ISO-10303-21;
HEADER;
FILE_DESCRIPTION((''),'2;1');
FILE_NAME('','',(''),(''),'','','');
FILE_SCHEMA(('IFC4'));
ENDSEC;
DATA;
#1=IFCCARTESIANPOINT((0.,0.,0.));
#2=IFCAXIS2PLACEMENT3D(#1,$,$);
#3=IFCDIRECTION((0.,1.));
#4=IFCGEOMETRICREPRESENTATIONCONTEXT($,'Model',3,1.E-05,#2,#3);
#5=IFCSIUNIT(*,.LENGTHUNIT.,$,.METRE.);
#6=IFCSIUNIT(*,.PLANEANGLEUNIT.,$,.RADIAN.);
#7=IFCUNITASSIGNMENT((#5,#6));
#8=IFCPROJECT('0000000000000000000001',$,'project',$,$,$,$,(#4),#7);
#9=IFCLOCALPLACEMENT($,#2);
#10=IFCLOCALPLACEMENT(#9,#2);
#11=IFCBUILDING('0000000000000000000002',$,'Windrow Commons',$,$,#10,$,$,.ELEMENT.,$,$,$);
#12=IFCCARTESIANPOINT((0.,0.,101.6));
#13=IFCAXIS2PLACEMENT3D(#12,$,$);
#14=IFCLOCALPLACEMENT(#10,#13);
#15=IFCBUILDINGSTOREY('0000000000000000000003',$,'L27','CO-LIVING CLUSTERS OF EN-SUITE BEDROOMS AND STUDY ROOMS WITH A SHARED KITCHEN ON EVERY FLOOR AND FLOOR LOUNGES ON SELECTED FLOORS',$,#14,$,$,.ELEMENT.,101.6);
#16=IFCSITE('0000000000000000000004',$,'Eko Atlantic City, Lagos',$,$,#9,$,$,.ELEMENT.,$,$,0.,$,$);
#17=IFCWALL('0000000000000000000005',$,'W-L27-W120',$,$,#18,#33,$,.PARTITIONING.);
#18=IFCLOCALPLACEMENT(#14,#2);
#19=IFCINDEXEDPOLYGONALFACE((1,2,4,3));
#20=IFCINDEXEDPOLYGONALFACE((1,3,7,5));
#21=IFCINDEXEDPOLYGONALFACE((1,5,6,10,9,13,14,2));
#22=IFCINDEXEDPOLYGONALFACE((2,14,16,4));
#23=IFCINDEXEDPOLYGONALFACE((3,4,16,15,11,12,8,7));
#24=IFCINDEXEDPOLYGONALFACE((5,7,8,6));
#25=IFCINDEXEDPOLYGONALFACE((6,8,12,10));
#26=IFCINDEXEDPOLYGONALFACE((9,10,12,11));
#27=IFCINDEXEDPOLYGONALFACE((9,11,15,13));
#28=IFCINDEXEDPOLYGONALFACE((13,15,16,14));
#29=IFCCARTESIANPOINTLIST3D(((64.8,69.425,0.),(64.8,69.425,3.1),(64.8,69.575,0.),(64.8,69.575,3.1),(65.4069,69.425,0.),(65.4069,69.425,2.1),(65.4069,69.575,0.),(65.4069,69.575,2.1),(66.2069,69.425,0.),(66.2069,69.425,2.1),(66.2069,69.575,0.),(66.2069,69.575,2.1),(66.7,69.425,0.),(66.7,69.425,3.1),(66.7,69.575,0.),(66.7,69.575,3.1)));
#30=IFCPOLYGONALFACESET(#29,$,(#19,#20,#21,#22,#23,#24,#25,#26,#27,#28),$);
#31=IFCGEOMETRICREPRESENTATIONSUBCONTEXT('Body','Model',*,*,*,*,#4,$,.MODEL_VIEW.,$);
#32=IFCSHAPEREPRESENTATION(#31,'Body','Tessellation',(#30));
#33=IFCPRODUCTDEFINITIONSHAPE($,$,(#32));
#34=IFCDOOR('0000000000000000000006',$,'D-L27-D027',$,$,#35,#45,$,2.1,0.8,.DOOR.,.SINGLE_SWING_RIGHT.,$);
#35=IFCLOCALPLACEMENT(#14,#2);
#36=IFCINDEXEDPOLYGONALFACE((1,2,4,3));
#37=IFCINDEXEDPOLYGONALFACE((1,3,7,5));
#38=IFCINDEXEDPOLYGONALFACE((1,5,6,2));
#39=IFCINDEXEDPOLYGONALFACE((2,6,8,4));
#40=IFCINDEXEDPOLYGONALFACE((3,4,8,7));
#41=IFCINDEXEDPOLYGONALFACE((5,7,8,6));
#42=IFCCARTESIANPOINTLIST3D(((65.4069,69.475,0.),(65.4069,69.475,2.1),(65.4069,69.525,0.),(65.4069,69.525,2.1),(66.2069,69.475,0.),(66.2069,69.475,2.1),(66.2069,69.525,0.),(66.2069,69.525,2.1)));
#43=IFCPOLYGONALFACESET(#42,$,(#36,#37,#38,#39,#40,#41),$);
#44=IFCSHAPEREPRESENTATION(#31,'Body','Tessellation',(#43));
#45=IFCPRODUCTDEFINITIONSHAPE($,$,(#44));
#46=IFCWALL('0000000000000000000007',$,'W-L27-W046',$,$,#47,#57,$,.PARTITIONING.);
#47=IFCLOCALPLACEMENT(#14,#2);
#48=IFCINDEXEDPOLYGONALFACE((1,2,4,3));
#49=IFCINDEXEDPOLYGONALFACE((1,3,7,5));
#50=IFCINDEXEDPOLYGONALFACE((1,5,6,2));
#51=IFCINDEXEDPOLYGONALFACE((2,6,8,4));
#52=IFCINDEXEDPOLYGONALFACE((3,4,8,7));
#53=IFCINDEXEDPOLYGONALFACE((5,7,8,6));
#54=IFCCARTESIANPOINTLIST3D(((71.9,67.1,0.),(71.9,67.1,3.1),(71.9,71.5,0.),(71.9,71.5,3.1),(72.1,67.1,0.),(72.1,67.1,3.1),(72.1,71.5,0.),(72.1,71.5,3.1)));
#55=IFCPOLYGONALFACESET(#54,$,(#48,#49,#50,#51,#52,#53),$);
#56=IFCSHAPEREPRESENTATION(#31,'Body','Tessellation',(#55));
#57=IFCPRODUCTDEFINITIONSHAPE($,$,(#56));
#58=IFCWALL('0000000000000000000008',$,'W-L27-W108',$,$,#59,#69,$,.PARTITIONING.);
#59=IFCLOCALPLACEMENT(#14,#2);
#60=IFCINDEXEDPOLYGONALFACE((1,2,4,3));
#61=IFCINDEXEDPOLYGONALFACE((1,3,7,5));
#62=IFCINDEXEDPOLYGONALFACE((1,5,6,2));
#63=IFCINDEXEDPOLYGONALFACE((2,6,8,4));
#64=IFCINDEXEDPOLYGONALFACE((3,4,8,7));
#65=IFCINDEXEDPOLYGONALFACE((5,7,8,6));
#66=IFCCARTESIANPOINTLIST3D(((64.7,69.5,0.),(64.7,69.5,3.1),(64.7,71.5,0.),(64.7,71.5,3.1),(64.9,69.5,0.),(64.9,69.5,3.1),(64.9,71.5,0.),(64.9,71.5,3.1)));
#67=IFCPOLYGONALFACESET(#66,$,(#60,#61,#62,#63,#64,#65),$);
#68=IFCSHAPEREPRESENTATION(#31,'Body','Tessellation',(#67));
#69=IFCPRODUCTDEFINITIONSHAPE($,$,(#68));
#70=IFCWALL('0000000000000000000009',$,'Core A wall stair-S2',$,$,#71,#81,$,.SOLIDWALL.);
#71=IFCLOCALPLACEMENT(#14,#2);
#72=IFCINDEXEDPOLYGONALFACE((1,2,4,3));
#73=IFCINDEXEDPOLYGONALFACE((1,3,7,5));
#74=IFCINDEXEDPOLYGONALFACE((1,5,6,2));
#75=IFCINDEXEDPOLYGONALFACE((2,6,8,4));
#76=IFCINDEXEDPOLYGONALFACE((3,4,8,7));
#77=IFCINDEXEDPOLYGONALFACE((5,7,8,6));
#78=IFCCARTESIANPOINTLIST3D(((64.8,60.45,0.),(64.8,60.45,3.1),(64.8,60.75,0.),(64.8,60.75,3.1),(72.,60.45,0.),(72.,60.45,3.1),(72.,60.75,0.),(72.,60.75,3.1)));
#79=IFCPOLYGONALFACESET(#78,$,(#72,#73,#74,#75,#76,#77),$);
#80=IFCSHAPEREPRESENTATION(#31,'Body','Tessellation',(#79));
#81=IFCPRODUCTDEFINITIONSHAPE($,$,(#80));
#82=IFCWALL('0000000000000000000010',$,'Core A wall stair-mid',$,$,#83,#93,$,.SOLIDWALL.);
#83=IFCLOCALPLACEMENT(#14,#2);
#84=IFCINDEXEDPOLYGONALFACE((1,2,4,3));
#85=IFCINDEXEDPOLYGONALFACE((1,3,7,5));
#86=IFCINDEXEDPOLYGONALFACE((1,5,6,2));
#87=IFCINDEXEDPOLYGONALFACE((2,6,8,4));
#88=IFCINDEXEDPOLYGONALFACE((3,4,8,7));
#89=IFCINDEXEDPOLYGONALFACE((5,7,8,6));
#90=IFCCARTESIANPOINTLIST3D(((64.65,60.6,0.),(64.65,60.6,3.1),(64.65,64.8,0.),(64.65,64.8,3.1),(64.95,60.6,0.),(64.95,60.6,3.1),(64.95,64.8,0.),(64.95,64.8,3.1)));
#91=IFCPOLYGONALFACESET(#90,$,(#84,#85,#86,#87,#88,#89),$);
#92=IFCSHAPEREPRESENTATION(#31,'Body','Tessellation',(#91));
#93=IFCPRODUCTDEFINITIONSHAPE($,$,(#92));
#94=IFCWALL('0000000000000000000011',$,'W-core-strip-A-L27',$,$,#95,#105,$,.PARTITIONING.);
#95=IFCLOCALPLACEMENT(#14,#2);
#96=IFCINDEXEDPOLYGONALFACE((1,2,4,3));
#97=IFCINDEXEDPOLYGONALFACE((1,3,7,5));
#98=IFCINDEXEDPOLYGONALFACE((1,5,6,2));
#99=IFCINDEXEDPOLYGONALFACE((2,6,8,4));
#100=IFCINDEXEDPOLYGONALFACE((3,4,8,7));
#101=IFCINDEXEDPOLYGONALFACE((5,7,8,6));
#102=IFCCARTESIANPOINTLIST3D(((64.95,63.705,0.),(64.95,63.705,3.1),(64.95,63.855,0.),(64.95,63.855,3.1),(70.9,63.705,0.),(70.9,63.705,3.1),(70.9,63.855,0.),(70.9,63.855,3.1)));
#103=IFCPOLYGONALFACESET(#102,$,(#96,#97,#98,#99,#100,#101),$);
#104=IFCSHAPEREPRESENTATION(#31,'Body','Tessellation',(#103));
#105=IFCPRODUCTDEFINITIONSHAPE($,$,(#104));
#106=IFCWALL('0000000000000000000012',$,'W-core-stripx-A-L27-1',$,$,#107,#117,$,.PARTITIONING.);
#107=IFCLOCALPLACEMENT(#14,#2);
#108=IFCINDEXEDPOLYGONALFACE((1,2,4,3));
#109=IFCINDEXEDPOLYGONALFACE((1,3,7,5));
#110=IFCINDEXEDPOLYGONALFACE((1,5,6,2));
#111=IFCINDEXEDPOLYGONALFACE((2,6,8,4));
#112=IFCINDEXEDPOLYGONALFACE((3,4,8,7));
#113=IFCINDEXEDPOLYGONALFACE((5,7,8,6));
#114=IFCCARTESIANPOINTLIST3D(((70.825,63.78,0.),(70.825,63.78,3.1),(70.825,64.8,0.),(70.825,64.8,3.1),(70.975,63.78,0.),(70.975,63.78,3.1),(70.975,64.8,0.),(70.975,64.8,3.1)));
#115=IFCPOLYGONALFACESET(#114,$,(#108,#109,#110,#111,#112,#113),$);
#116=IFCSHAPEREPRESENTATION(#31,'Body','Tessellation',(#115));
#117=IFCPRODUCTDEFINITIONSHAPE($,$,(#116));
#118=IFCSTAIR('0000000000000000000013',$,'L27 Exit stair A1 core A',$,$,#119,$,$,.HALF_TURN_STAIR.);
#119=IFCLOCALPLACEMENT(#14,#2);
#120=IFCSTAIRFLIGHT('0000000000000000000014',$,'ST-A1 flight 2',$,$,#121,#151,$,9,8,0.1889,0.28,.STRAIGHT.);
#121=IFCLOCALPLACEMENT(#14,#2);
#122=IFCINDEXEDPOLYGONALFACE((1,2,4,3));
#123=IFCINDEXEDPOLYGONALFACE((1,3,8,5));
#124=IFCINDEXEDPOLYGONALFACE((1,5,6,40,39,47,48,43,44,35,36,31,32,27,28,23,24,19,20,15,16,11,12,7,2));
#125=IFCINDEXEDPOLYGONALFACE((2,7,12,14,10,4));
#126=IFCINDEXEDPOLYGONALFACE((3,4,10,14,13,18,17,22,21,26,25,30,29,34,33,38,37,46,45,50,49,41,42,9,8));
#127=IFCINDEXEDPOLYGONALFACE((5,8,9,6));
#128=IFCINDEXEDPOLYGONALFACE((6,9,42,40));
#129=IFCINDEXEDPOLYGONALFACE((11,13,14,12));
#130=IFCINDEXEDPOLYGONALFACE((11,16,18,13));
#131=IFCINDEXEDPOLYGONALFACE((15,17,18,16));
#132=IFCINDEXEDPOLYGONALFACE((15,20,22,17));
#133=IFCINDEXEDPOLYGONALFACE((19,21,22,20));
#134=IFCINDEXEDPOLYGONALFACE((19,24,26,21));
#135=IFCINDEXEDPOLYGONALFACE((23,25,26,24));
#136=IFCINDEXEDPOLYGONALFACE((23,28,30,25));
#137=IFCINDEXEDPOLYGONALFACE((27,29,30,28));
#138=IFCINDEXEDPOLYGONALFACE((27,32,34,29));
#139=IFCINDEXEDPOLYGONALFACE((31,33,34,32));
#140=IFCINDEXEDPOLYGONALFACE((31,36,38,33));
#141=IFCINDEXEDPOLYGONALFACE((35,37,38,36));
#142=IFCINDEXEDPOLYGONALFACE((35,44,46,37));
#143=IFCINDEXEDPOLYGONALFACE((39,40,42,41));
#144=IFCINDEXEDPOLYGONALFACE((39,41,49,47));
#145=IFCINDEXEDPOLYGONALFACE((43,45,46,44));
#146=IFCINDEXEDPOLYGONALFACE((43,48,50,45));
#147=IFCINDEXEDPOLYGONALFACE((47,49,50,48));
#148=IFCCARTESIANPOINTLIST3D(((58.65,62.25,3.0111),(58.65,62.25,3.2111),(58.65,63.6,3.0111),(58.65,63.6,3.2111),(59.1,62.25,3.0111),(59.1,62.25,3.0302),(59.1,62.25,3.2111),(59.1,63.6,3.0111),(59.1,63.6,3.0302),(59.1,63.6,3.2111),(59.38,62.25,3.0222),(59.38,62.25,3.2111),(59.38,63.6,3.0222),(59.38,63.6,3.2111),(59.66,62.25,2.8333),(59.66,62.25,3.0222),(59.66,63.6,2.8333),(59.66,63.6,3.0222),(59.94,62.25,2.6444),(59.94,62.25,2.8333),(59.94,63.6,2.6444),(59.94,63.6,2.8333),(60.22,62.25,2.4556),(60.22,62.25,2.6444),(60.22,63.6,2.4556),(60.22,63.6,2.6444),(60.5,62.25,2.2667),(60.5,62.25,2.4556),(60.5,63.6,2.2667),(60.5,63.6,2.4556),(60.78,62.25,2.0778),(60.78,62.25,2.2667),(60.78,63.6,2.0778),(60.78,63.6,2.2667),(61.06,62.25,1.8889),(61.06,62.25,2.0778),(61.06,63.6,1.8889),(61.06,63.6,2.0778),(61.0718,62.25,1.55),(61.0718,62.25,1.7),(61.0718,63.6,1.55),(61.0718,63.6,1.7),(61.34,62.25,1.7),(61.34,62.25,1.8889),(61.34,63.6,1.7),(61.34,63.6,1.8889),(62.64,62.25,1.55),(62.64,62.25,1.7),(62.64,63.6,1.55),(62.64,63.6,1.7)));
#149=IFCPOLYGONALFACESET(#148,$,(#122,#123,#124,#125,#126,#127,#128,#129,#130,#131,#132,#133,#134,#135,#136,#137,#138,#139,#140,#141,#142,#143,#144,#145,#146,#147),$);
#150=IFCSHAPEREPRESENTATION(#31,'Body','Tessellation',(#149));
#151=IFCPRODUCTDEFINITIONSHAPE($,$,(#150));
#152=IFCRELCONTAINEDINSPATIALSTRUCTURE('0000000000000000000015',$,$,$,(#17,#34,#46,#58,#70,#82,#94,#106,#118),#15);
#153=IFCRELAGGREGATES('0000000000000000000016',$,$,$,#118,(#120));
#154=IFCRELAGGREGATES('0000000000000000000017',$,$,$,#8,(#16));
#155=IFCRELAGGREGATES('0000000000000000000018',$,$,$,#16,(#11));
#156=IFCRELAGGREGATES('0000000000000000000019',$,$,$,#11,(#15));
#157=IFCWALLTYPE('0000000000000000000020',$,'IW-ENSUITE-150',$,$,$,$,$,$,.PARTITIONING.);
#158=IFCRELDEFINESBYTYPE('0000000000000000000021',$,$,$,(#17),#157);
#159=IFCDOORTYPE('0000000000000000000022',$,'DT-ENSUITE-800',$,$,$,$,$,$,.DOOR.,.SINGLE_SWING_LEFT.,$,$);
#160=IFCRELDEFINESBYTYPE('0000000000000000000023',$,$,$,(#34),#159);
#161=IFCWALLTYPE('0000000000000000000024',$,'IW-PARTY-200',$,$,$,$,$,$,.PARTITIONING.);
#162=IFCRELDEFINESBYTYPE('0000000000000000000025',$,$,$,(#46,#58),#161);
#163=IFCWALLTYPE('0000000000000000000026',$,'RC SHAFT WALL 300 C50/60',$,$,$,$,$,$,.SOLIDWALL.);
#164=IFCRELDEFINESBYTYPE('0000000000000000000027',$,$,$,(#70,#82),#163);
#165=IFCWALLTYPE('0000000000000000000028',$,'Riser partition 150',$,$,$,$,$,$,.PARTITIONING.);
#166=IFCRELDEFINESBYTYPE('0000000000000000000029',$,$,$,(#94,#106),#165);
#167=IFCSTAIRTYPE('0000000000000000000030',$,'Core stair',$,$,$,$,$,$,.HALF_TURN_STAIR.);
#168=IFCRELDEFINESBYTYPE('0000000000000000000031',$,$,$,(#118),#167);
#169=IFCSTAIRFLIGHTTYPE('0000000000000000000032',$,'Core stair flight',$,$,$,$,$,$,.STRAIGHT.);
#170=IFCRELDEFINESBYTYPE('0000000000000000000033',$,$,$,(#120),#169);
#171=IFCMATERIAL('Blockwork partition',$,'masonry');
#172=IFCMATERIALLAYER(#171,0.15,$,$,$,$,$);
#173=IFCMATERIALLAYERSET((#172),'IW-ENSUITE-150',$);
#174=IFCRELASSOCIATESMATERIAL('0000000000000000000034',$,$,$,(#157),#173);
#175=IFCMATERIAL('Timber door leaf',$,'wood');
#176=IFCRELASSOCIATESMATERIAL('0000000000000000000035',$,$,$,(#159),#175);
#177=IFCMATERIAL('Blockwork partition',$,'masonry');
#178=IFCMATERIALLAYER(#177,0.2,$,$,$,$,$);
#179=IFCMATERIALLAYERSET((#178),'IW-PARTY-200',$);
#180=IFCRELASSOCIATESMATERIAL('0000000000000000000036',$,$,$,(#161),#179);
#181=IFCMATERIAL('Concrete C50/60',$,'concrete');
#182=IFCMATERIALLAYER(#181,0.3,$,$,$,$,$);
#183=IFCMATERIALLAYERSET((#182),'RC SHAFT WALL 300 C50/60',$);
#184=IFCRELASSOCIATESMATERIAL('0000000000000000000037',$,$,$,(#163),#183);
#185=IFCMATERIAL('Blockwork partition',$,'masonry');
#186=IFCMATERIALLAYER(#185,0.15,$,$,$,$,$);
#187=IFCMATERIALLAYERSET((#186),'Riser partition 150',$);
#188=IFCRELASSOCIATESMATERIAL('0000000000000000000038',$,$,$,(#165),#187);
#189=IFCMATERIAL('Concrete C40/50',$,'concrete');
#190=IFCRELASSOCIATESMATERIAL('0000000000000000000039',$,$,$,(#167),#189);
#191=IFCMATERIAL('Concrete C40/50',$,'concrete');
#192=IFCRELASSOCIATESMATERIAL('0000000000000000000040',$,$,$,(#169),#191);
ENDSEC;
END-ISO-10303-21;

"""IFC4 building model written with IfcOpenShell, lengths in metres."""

from ifc_helpers import new_model, si_unit, direction, frame, frame_2d, origin, place, context, subcontext, project, spatial, polyline, rectangle, outline, extrude, material, layer, layer_set, type_object, element, fill, aggregate, save


model = new_model("IFC4")

# Units and contexts
model_context = context("Model", 3, precision=1e-05, world=origin(), true_north=direction((0.0, 1.0)))
body_context = subcontext(model_context, "Body", "Model", "MODEL_VIEW")
ifc_project = project(units=[si_unit("LENGTHUNIT", "METRE"), si_unit("PLANEANGLEUNIT", "RADIAN")], contexts=[model_context])

# Site, building, storey
site_placement = place(None, origin())
site = spatial("IfcSite", under=ifc_project, at=site_placement, Name="Eko Atlantic City, Lagos", CompositionType="ELEMENT", RefElevation=0.0)
building_placement = place(site_placement, origin())
building = spatial("IfcBuilding", under=site, at=building_placement, Name="Windrow Commons", CompositionType="ELEMENT")
storey_placement = place(building_placement, frame((0.0, 0.0, 101.6)))
storey = spatial("IfcBuildingStorey", under=building, at=storey_placement, Name="L27", Description="CO-LIVING CLUSTERS OF EN-SUITE BEDROOMS AND STUDY ROOMS WITH A SHARED KITCHEN ON EVERY FLOOR AND FLOOR LOUNGES ON SELECTED FLOORS", CompositionType="ELEMENT", Elevation=101.6)

# Shared definitions
ifc_material_1 = material(Name="Blockwork partition", Category="masonry")
ifc_layer_1 = layer(ifc_material_1, 0.15)
ifc_layer_set_1 = layer_set([ifc_layer_1], Name="IW-ENSUITE-150")
wall_type_1 = type_object("IfcWallType", Name="IW-ENSUITE-150", PredefinedType="PARTITIONING", material=ifc_layer_set_1)

# Wall, opening, door
wall_1_placement = place(storey_placement, frame((64.8, 69.5, 0.0), z_axis=(0.0, 0.0, 1.0), x_axis=(1.0, 0.0, 0.0)))
wall_1 = element("IfcWall", 1, at=wall_1_placement, inside=storey, type_object=wall_type_1, Name="W-L27-W120", PredefinedType="PARTITIONING", context=body_context, shape_type="SweptSolid", body=[
    extrude(rectangle(XDim=1.9, YDim=0.15, at=frame_2d((0.95, 0.0))), origin(), (0.0, 0.0, 1.0), 3.1),
])
opening_1_placement = place(wall_1_placement, frame((0.6069, 0.0, 0.0)))
opening_1 = element("IfcOpeningElement", 2, at=opening_1_placement, cuts=wall_1, PredefinedType="OPENING", context=body_context, shape_type="SweptSolid", body=[
    extrude(rectangle(XDim=0.8, YDim=2.1, at=frame_2d((0.4, 1.05))), frame((0.0, 0.085, 0.0), z_axis=(0.0, -1.0, 0.0), x_axis=(1.0, 0.0, 0.0)), (0.0, 0.0, 1.0), 0.17),
])
ifc_material_2 = material(Name="Timber door leaf", Category="wood")
door_type = type_object("IfcDoorType", Name="DT-ENSUITE-800", OperationType="SINGLE_SWING_LEFT", PredefinedType="DOOR", material=ifc_material_2)
door_placement = place(opening_1_placement, origin())
door = element("IfcDoor", 3, at=door_placement, inside=storey, type_object=door_type, Name="D-L27-D027", OperationType="SINGLE_SWING_RIGHT", OverallHeight=2.1, OverallWidth=0.8, PredefinedType="DOOR", context=body_context, shape_type="SweptSolid", body=[
    extrude(rectangle(XDim=0.8, YDim=2.1, at=frame_2d((0.4, 1.05))), frame((0.0, 0.025, 0.0), z_axis=(0.0, -1.0, 0.0), x_axis=(1.0, 0.0, 0.0)), (0.0, 0.0, 1.0), 0.05),
])
fill(opening_1, door)

# Walls
ifc_material_3 = material(Name="Blockwork partition", Category="masonry")
ifc_layer_2 = layer(ifc_material_3, 0.2)
ifc_layer_set_2 = layer_set([ifc_layer_2], Name="IW-PARTY-200")
wall_type_2 = type_object("IfcWallType", Name="IW-PARTY-200", PredefinedType="PARTITIONING", material=ifc_layer_set_2)
wall_2_placement = place(storey_placement, frame((72.0, 67.1, 0.0), z_axis=(0.0, 0.0, 1.0), x_axis=(0.0, 1.0, 0.0)))
element("IfcWall", 4, at=wall_2_placement, inside=storey, type_object=wall_type_2, Name="W-L27-W046", PredefinedType="PARTITIONING", context=body_context, shape_type="SweptSolid", body=[
    extrude(rectangle(XDim=4.4, YDim=0.2, at=frame_2d((2.2, 0.0))), origin(), (0.0, 0.0, 1.0), 3.1),
])
wall_3_placement = place(storey_placement, frame((64.8, 69.5, 0.0), z_axis=(0.0, 0.0, 1.0), x_axis=(0.0, 1.0, 0.0)))
element("IfcWall", 5, at=wall_3_placement, inside=storey, type_object=wall_type_2, Name="W-L27-W108", PredefinedType="PARTITIONING", context=body_context, shape_type="SweptSolid", body=[
    extrude(rectangle(XDim=2.0, YDim=0.2, at=frame_2d((1.0, 0.0))), origin(), (0.0, 0.0, 1.0), 3.1),
])
ifc_material_4 = material(Name="Concrete C50/60", Category="concrete")
ifc_layer_3 = layer(ifc_material_4, 0.3)
ifc_layer_set_3 = layer_set([ifc_layer_3], Name="RC SHAFT WALL 300 C50/60")
wall_type_3 = type_object("IfcWallType", Name="RC SHAFT WALL 300 C50/60", PredefinedType="SOLIDWALL", material=ifc_layer_set_3)
wall_4_placement = place(storey_placement, frame((64.8, 60.6, 0.0), z_axis=(0.0, 0.0, 1.0), x_axis=(1.0, 0.0, 0.0)))
element("IfcWall", 6, at=wall_4_placement, inside=storey, type_object=wall_type_3, Name="Core A wall stair-S2", PredefinedType="SOLIDWALL", context=body_context, shape_type="SweptSolid", body=[
    extrude(rectangle(XDim=7.2, YDim=0.3, at=frame_2d((3.6, 0.0))), origin(), (0.0, 0.0, 1.0), 3.1),
])
wall_5_placement = place(storey_placement, frame((64.8, 60.6, 0.0), z_axis=(0.0, 0.0, 1.0), x_axis=(0.0, 1.0, 0.0)))
element("IfcWall", 7, at=wall_5_placement, inside=storey, type_object=wall_type_3, Name="Core A wall stair-mid", PredefinedType="SOLIDWALL", context=body_context, shape_type="SweptSolid", body=[
    extrude(rectangle(XDim=4.2, YDim=0.3, at=frame_2d((2.1, 0.0))), origin(), (0.0, 0.0, 1.0), 3.1),
])
ifc_material_5 = material(Name="Blockwork partition", Category="masonry")
ifc_layer_4 = layer(ifc_material_5, 0.15)
ifc_layer_set_4 = layer_set([ifc_layer_4], Name="Riser partition 150")
wall_type_4 = type_object("IfcWallType", Name="Riser partition 150", PredefinedType="PARTITIONING", material=ifc_layer_set_4)
wall_6_placement = place(storey_placement, frame((64.95, 63.78, 0.0), z_axis=(0.0, 0.0, 1.0), x_axis=(1.0, 0.0, 0.0)))
element("IfcWall", 8, at=wall_6_placement, inside=storey, type_object=wall_type_4, Name="W-core-strip-A-L27", PredefinedType="PARTITIONING", context=body_context, shape_type="SweptSolid", body=[
    extrude(rectangle(XDim=5.95, YDim=0.15, at=frame_2d((2.975, 0.0))), origin(), (0.0, 0.0, 1.0), 3.1),
])
wall_7_placement = place(storey_placement, frame((70.9, 63.78, 0.0), z_axis=(0.0, 0.0, 1.0), x_axis=(0.0, 1.0, 0.0)))
element("IfcWall", 9, at=wall_7_placement, inside=storey, type_object=wall_type_4, Name="W-core-stripx-A-L27-1", PredefinedType="PARTITIONING", context=body_context, shape_type="SweptSolid", body=[
    extrude(rectangle(XDim=1.02, YDim=0.15, at=frame_2d((0.51, 0.0))), origin(), (0.0, 0.0, 1.0), 3.1),
])

# Stair, stair flight
ifc_material_6 = material(Name="Concrete C40/50", Category="concrete")
stair_type = type_object("IfcStairType", Name="Core stair", PredefinedType="HALF_TURN_STAIR", material=ifc_material_6)
placement = place(storey_placement, origin())
stair_1 = element("IfcStair", 10, at=placement, inside=storey, type_object=stair_type, Name="L27 Exit stair A1 core A", PredefinedType="HALF_TURN_STAIR")
ifc_material_7 = material(Name="Concrete C40/50", Category="concrete")
stair_flight_type = type_object("IfcStairFlightType", Name="Core stair flight", PredefinedType="STRAIGHT", material=ifc_material_7)
stair_flight_1_placement = place(storey_placement, frame((61.34, 62.925, 1.7), z_axis=(0.0, 0.0, 1.0), x_axis=(-1.0, 0.0, 0.0)))
stair_flight_1 = element("IfcStairFlight", 11, at=stair_flight_1_placement, type_object=stair_flight_type, Name="ST-A1 flight 2", NumberOfRisers=9, NumberOfTreads=8, PredefinedType="STRAIGHT", RiserHeight=0.1889, TreadLength=0.28, context=body_context, shape_type="SweptSolid", body=[
    extrude(outline(polyline([(-1.3, -0.15), (-1.3, 0.0), (0.0, 0.0), (0.0, 0.1889), (0.28, 0.1889), (0.28, 0.3778), (0.56, 0.3778), (0.56, 0.5667), (0.84, 0.5667), (0.84, 0.7556), (1.12, 0.7556), (1.12, 0.9444), (1.4, 0.9444), (1.4, 1.1333), (1.68, 1.1333), (1.68, 1.3222), (1.96, 1.3222), (1.96, 1.5111), (2.24, 1.5111), (2.69, 1.5111), (2.69, 1.3111), (2.24, 1.3111), (2.24, 1.3302), (0.2682, 0.0), (0.2682, -0.15), (-1.3, -0.15)])), frame((0.0, 0.675, 0.0), z_axis=(0.0, -1.0, 0.0), x_axis=(1.0, 0.0, 0.0)), (0.0, 0.0, 1.0), 1.35),
])
aggregate(stair_1, [stair_flight_1])

save(model, "model.ifc")
